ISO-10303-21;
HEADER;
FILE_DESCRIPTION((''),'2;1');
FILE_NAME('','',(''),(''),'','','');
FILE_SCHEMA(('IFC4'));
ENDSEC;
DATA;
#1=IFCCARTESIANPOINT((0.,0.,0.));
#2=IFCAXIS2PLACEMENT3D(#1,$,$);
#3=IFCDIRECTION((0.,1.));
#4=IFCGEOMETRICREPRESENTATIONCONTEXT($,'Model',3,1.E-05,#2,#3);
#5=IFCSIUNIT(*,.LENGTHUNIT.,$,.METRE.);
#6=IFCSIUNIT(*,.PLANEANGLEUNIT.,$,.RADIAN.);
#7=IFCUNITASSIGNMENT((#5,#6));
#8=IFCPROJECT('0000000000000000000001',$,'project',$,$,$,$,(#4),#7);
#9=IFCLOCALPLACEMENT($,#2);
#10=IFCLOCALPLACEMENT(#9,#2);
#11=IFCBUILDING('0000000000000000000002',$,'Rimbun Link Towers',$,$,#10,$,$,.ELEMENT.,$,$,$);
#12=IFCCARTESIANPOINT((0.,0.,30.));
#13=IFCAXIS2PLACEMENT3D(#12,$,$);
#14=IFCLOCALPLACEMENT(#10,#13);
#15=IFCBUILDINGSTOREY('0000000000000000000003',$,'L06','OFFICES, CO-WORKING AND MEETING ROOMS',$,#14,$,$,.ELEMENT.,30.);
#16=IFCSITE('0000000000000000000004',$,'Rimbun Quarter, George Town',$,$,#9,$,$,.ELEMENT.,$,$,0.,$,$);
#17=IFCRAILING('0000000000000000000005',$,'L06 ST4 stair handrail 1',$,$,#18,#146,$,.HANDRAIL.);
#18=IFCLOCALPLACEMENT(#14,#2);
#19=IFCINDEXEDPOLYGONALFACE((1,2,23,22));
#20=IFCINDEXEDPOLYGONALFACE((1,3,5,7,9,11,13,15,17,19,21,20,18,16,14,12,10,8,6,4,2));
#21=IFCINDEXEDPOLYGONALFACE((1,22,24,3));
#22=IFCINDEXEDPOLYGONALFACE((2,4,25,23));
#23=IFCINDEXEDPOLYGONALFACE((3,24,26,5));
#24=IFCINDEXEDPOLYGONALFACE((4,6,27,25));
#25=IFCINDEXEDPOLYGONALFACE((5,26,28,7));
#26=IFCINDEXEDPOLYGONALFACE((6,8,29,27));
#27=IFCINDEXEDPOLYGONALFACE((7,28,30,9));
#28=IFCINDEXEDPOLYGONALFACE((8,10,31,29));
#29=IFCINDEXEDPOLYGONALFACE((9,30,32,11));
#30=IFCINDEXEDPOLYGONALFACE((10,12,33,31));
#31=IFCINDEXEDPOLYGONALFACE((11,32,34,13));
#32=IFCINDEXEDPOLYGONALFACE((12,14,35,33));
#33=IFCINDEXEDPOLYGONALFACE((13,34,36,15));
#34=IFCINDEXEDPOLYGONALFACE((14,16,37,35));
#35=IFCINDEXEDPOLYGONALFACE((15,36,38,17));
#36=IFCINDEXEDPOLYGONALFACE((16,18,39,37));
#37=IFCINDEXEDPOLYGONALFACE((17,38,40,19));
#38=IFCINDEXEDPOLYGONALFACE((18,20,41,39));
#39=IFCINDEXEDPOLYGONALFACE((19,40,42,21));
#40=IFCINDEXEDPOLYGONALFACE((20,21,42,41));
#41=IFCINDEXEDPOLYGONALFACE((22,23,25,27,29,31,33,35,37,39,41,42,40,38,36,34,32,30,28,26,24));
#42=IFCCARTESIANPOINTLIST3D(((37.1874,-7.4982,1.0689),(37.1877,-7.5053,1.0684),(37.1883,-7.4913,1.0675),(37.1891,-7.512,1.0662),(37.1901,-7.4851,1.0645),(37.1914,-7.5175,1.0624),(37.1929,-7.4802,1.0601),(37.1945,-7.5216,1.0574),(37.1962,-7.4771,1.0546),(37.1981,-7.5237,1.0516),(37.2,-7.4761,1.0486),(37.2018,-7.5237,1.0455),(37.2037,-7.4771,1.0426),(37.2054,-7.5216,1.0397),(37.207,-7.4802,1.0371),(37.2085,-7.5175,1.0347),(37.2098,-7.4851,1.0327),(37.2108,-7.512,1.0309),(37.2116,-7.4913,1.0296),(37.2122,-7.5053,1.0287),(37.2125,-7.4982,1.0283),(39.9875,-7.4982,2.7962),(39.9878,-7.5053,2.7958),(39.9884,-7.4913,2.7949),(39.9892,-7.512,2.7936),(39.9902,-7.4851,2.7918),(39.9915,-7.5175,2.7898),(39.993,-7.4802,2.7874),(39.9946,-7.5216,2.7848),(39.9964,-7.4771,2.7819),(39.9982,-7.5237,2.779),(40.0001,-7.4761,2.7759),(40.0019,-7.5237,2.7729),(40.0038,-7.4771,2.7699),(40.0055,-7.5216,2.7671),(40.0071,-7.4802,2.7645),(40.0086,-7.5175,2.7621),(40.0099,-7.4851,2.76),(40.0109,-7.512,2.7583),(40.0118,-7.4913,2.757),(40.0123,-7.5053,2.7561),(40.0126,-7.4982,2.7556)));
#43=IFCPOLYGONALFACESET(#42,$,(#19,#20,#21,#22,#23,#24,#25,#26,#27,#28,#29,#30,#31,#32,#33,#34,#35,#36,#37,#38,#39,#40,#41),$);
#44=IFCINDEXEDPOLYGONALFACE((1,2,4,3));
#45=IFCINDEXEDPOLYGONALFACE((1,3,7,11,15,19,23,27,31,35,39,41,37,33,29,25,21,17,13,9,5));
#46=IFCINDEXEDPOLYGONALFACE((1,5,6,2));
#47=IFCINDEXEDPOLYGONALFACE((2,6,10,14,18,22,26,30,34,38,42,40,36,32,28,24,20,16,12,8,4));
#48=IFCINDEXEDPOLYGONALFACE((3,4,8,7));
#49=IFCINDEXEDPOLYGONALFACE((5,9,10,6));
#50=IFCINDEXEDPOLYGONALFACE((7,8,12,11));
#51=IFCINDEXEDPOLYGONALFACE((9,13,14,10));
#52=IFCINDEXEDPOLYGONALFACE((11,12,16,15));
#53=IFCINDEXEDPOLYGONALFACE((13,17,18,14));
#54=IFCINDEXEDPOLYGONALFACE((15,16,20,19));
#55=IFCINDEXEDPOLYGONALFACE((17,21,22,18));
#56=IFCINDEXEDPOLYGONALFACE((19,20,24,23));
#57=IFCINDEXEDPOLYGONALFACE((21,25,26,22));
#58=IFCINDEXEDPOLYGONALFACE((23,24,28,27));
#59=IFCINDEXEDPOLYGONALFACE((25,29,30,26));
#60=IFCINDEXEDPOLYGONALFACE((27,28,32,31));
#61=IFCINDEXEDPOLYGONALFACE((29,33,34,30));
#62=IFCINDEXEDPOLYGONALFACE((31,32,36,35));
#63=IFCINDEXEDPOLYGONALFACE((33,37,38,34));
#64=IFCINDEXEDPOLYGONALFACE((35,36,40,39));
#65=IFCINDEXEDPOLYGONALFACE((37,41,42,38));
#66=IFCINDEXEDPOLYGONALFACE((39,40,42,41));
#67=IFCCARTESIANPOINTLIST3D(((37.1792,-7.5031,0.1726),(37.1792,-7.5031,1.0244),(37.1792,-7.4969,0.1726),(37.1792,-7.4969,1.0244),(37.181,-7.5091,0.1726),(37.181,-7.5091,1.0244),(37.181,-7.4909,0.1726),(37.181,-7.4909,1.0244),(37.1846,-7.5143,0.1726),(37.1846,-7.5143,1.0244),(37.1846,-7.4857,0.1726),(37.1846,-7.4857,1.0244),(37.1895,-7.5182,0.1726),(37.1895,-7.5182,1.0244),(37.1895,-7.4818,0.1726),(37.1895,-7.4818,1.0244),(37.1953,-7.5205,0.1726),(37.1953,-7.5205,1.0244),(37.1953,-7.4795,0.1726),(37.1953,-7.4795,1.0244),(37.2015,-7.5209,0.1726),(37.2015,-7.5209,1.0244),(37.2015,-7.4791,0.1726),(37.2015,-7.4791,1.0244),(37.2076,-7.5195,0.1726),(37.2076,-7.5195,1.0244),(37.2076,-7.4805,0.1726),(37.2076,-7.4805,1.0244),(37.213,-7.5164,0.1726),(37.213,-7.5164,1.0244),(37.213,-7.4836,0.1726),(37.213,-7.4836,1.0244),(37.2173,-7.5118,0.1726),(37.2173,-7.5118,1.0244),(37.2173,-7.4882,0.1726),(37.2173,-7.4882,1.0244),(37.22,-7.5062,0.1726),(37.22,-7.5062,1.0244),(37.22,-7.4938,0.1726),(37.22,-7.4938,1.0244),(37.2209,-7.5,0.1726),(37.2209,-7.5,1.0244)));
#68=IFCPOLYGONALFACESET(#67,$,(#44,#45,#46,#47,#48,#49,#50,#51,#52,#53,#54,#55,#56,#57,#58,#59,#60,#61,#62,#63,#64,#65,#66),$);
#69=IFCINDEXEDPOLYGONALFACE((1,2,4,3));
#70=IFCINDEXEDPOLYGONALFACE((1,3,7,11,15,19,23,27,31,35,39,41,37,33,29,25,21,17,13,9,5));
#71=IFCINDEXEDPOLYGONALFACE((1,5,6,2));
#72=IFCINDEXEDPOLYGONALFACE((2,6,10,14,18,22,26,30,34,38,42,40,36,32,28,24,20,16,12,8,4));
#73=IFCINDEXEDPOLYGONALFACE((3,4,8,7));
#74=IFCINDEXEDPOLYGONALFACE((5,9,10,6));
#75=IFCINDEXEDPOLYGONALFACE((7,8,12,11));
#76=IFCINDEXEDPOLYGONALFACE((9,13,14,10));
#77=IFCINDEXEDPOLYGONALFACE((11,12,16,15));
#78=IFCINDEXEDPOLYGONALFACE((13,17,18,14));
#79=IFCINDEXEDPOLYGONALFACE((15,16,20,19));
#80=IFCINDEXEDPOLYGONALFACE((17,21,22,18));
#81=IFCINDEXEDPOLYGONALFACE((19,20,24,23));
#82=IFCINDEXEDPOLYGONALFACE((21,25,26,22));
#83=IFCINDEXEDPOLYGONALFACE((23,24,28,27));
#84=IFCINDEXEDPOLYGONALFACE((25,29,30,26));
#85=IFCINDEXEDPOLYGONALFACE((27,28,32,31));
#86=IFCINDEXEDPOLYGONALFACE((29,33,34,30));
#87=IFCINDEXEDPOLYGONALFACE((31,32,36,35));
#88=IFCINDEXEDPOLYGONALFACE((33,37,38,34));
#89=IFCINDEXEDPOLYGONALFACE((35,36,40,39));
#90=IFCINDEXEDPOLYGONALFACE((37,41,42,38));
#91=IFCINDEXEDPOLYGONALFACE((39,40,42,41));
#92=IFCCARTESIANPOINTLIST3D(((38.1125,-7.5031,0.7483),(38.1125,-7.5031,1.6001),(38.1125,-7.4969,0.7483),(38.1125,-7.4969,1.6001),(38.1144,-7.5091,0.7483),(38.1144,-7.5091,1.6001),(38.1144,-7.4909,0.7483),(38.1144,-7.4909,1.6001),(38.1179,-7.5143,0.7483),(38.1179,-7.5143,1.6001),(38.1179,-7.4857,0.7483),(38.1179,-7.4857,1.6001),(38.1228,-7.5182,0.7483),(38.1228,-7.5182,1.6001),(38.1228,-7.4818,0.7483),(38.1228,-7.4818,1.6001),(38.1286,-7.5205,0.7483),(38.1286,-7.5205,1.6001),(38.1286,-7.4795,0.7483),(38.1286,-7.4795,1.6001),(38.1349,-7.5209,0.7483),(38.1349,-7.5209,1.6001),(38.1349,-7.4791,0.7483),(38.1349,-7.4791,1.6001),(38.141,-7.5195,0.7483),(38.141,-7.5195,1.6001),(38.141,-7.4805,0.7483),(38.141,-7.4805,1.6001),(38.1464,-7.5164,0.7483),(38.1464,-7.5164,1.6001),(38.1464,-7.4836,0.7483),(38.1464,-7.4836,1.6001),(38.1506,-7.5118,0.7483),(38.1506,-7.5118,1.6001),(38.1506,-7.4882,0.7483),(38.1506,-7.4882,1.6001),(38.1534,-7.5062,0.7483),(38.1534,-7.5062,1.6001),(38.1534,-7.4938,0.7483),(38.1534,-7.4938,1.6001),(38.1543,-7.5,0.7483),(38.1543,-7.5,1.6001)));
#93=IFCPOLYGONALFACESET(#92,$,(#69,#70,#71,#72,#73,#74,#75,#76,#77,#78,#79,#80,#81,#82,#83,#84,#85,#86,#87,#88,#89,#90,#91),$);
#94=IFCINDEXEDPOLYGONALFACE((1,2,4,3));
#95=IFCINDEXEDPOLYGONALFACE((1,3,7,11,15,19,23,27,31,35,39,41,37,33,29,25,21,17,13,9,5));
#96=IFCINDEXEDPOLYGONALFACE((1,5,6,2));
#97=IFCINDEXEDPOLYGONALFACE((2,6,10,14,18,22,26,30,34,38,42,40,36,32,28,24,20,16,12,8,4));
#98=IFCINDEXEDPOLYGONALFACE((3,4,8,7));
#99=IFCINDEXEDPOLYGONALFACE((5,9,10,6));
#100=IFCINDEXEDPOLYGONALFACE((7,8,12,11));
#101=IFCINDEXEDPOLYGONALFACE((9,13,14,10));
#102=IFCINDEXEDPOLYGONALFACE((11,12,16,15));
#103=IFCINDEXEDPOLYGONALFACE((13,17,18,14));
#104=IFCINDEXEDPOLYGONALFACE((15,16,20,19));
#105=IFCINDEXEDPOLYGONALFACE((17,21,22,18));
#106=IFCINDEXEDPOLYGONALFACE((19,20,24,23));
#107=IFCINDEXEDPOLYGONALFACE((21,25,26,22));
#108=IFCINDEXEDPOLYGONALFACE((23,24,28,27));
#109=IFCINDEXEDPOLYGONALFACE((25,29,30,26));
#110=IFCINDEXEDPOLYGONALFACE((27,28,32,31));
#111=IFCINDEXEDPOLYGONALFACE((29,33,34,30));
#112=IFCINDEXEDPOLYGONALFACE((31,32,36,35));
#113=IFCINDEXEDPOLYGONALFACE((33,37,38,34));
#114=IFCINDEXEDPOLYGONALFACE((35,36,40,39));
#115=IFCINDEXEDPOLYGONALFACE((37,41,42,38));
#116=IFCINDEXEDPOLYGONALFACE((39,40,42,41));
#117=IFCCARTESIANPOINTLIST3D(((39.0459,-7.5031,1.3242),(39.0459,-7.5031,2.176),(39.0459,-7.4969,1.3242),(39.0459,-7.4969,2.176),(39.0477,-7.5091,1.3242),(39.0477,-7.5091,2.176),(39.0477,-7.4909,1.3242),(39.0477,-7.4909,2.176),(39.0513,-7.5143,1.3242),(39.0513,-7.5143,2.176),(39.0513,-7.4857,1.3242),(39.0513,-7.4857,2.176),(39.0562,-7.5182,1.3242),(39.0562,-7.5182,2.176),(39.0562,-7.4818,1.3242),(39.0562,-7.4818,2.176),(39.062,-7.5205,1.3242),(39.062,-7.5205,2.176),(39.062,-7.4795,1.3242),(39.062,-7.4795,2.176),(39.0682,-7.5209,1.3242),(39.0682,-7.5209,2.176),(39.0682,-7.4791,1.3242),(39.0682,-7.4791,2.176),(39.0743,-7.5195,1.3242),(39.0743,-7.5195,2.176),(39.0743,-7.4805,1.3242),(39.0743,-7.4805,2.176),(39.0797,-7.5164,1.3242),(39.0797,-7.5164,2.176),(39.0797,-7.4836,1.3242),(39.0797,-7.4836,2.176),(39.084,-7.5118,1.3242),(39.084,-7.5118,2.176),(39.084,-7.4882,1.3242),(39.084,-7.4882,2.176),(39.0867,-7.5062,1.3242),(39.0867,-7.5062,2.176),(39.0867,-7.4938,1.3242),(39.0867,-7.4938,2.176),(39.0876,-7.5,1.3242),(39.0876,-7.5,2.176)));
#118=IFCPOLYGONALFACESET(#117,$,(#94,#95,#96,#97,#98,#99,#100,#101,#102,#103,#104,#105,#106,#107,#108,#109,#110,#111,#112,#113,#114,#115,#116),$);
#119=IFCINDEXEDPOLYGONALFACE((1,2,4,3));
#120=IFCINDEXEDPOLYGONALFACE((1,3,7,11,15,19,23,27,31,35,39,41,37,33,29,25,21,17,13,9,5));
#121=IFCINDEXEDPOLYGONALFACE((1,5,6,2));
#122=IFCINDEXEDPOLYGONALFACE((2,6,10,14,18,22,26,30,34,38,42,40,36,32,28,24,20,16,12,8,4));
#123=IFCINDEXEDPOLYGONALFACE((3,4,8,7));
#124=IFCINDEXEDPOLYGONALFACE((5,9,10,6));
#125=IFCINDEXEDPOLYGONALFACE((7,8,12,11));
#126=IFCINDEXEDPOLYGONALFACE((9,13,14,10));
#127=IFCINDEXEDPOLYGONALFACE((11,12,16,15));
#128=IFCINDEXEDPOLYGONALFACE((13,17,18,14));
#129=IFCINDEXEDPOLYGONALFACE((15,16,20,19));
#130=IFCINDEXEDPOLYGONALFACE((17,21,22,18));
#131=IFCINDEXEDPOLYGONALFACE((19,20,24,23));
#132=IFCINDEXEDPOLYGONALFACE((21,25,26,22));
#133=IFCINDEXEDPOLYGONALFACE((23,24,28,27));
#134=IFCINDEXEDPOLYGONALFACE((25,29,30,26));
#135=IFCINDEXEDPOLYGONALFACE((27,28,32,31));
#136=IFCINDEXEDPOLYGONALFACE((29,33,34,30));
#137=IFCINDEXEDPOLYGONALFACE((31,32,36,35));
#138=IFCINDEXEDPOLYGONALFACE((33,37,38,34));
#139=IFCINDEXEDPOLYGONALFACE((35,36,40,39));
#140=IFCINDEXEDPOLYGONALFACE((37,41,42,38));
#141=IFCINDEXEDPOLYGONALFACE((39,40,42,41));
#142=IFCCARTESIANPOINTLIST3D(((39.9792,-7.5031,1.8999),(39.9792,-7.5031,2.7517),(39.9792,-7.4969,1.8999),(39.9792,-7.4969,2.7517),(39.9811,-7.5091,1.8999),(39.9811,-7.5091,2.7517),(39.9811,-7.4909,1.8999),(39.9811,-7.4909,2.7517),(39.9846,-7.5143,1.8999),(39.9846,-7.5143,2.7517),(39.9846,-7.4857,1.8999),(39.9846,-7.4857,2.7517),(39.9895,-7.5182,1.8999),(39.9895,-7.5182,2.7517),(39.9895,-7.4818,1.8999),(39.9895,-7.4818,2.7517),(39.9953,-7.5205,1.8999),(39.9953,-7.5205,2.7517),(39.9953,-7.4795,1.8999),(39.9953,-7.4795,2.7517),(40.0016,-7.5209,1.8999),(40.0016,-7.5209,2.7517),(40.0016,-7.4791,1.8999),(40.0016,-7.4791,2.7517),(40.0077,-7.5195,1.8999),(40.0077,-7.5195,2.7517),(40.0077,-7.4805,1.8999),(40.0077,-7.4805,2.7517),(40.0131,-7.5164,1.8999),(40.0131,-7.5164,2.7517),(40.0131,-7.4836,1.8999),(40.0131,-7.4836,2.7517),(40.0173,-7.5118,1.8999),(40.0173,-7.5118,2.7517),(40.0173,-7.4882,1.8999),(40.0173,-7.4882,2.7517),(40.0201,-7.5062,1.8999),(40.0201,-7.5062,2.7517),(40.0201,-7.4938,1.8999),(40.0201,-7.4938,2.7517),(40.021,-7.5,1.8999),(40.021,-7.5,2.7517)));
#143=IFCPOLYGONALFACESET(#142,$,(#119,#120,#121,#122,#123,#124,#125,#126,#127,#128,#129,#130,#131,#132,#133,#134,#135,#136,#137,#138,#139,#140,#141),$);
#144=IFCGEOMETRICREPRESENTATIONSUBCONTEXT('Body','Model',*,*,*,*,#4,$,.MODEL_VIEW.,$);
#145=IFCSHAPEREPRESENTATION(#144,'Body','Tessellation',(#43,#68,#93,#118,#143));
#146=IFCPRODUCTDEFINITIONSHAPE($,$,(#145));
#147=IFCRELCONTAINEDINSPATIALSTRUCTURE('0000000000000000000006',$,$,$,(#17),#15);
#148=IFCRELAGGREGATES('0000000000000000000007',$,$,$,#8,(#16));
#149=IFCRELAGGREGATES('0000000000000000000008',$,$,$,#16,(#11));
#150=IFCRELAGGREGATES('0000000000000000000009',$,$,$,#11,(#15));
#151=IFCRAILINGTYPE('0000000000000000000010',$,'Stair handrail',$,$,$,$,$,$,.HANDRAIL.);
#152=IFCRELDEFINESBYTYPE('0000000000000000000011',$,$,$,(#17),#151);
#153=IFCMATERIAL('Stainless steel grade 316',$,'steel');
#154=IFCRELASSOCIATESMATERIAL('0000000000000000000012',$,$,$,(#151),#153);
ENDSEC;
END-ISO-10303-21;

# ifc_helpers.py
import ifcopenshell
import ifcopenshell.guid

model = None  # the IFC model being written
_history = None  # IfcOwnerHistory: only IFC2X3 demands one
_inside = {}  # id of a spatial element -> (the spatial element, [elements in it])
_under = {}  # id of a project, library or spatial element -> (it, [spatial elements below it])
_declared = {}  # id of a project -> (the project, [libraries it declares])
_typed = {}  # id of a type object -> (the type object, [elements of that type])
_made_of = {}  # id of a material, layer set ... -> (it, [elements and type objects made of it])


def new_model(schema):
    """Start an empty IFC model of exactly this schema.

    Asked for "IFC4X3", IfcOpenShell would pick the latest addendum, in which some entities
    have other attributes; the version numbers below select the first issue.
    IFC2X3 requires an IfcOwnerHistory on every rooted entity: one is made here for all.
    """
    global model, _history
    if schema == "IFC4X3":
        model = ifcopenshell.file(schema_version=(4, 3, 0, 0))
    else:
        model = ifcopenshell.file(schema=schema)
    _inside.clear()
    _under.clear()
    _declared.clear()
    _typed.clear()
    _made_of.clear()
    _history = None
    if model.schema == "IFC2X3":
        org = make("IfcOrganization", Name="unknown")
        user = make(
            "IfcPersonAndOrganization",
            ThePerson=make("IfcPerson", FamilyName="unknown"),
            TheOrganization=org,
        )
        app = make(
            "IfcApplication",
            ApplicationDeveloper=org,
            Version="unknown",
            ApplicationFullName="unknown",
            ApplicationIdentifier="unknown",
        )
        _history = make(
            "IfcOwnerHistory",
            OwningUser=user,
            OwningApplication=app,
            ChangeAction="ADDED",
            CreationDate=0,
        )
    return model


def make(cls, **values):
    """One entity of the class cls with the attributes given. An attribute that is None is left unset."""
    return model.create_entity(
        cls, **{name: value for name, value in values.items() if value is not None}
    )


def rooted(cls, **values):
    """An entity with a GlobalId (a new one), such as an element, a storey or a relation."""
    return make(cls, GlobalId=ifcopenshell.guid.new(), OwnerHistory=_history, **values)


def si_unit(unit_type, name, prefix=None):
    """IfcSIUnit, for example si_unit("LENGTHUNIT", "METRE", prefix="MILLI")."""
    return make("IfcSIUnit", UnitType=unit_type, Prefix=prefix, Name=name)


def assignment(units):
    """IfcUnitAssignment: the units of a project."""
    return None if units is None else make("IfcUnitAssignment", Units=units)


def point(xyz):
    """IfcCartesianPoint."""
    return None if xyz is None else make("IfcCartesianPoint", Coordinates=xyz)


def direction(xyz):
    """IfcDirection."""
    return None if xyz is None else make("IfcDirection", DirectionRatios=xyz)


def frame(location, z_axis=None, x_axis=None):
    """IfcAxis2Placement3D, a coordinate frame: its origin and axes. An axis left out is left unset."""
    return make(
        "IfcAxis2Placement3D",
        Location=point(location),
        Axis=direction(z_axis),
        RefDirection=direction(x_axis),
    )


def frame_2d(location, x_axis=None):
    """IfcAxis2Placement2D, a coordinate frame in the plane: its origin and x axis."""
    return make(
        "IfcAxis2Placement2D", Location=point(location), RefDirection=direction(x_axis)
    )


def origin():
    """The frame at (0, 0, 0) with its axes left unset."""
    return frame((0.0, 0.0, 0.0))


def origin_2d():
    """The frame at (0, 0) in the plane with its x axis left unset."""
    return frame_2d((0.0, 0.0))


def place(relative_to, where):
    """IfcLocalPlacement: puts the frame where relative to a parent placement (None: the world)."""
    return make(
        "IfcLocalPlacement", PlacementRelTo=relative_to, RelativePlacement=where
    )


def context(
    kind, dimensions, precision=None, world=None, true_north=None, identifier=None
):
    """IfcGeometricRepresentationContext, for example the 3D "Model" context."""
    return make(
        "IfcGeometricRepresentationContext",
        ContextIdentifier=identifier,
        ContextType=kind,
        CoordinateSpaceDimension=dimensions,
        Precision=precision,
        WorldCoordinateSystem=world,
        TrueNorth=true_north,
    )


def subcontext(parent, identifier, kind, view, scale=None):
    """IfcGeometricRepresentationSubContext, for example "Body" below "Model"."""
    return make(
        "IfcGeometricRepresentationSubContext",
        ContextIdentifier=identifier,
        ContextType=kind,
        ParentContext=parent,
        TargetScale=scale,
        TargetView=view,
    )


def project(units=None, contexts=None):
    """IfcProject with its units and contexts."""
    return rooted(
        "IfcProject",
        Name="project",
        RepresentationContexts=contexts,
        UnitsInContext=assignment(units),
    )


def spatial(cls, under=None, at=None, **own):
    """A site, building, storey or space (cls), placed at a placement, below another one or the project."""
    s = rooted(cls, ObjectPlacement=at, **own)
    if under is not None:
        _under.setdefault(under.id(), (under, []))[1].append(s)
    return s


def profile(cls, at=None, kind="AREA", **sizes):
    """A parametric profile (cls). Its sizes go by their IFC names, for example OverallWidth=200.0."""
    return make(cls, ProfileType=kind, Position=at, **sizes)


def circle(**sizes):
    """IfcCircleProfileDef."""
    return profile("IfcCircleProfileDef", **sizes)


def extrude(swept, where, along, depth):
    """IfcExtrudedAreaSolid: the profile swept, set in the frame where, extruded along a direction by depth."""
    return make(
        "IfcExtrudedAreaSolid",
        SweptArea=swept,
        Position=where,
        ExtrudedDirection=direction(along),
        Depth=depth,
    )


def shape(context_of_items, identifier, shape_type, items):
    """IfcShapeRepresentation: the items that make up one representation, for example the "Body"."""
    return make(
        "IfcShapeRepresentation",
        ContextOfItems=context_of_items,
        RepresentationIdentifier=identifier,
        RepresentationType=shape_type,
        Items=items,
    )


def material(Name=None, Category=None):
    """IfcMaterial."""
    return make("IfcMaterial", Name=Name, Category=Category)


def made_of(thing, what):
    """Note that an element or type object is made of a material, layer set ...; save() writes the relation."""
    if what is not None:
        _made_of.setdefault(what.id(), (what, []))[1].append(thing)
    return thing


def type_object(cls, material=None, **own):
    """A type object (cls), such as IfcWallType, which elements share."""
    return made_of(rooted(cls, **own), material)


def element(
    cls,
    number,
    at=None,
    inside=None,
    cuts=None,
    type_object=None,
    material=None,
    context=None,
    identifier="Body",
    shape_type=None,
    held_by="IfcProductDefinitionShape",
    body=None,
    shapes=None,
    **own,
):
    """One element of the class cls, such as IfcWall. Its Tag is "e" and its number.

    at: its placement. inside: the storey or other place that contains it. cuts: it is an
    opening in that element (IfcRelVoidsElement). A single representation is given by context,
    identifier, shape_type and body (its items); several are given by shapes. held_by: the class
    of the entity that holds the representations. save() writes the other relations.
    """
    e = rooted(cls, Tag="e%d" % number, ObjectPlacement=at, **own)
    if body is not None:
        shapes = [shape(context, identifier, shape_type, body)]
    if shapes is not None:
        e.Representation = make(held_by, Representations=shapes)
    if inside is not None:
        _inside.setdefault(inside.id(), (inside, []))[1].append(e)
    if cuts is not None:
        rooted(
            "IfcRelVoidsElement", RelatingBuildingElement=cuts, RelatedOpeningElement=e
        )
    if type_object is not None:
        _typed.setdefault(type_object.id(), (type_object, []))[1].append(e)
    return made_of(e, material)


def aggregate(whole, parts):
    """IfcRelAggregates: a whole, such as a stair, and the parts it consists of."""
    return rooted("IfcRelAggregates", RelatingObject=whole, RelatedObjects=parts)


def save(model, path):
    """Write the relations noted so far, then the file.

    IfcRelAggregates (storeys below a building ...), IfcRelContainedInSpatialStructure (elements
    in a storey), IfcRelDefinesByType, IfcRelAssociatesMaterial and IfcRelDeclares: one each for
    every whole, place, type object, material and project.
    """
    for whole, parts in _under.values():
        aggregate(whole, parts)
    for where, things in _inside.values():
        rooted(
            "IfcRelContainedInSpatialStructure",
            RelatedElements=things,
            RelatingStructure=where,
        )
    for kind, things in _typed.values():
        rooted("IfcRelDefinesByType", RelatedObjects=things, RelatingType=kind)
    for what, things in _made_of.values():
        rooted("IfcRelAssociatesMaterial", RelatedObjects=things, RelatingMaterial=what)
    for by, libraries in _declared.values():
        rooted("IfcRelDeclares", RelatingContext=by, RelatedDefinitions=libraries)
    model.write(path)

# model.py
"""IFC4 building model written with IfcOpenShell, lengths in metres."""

from ifc_helpers import new_model, si_unit, direction, frame, origin, origin_2d, place, context, subcontext, project, spatial, circle, extrude, material, type_object, element, save


model = new_model("IFC4")

# Units and contexts
model_context = context("Model", 3, precision=1e-05, world=origin(), true_north=direction((0.0, 1.0)))
body_context = subcontext(model_context, "Body", "Model", "MODEL_VIEW")
ifc_project = project(units=[si_unit("LENGTHUNIT", "METRE"), si_unit("PLANEANGLEUNIT", "RADIAN")], contexts=[model_context])

# Site, building, storey
site_placement = place(None, origin())
site = spatial("IfcSite", under=ifc_project, at=site_placement, Name="Rimbun Quarter, George Town", CompositionType="ELEMENT", RefElevation=0.0)
building_placement = place(site_placement, origin())
building = spatial("IfcBuilding", under=site, at=building_placement, Name="Rimbun Link Towers", CompositionType="ELEMENT")
storey_placement = place(building_placement, frame((0.0, 0.0, 30.0)))
storey = spatial("IfcBuildingStorey", under=building, at=storey_placement, Name="L06", Description="OFFICES, CO-WORKING AND MEETING ROOMS", CompositionType="ELEMENT", Elevation=30.0)

# Railing
ifc_material_1 = material(Name="Stainless steel grade 316", Category="steel")
railing_type_1 = type_object("IfcRailingType", Name="Stair handrail", PredefinedType="HANDRAIL", material=ifc_material_1)
railing_1_placement = place(storey_placement, frame((37.2, -7.5, 0.1726)))
element("IfcRailing", 1, at=railing_1_placement, inside=storey, type_object=railing_type_1, Name="L06 ST4 stair handrail 1", PredefinedType="HANDRAIL", context=body_context, shape_type="SweptSolid", body=[
    extrude(circle(Radius=0.0239, at=origin_2d()), frame((0.0, 0.0, 0.876), z_axis=(0.85109, 0.0, 0.52502), x_axis=(0.0, 1.0, 0.0)), (0.0, 0.0, 1.0), 3.29),
    extrude(circle(Radius=0.021, at=origin_2d()), origin(), (0.0, 0.0, 1.0), 0.8518),
    extrude(circle(Radius=0.021, at=origin_2d()), frame((0.9333, 0.0, 0.5757)), (0.0, 0.0, 1.0), 0.8518),
    extrude(circle(Radius=0.021, at=origin_2d()), frame((1.8667, 0.0, 1.1516)), (0.0, 0.0, 1.0), 0.8518),
    extrude(circle(Radius=0.021, at=origin_2d()), frame((2.8, 0.0, 1.7273)), (0.0, 0.0, 1.0), 0.8518),
])

save(model, "model.ifc")
